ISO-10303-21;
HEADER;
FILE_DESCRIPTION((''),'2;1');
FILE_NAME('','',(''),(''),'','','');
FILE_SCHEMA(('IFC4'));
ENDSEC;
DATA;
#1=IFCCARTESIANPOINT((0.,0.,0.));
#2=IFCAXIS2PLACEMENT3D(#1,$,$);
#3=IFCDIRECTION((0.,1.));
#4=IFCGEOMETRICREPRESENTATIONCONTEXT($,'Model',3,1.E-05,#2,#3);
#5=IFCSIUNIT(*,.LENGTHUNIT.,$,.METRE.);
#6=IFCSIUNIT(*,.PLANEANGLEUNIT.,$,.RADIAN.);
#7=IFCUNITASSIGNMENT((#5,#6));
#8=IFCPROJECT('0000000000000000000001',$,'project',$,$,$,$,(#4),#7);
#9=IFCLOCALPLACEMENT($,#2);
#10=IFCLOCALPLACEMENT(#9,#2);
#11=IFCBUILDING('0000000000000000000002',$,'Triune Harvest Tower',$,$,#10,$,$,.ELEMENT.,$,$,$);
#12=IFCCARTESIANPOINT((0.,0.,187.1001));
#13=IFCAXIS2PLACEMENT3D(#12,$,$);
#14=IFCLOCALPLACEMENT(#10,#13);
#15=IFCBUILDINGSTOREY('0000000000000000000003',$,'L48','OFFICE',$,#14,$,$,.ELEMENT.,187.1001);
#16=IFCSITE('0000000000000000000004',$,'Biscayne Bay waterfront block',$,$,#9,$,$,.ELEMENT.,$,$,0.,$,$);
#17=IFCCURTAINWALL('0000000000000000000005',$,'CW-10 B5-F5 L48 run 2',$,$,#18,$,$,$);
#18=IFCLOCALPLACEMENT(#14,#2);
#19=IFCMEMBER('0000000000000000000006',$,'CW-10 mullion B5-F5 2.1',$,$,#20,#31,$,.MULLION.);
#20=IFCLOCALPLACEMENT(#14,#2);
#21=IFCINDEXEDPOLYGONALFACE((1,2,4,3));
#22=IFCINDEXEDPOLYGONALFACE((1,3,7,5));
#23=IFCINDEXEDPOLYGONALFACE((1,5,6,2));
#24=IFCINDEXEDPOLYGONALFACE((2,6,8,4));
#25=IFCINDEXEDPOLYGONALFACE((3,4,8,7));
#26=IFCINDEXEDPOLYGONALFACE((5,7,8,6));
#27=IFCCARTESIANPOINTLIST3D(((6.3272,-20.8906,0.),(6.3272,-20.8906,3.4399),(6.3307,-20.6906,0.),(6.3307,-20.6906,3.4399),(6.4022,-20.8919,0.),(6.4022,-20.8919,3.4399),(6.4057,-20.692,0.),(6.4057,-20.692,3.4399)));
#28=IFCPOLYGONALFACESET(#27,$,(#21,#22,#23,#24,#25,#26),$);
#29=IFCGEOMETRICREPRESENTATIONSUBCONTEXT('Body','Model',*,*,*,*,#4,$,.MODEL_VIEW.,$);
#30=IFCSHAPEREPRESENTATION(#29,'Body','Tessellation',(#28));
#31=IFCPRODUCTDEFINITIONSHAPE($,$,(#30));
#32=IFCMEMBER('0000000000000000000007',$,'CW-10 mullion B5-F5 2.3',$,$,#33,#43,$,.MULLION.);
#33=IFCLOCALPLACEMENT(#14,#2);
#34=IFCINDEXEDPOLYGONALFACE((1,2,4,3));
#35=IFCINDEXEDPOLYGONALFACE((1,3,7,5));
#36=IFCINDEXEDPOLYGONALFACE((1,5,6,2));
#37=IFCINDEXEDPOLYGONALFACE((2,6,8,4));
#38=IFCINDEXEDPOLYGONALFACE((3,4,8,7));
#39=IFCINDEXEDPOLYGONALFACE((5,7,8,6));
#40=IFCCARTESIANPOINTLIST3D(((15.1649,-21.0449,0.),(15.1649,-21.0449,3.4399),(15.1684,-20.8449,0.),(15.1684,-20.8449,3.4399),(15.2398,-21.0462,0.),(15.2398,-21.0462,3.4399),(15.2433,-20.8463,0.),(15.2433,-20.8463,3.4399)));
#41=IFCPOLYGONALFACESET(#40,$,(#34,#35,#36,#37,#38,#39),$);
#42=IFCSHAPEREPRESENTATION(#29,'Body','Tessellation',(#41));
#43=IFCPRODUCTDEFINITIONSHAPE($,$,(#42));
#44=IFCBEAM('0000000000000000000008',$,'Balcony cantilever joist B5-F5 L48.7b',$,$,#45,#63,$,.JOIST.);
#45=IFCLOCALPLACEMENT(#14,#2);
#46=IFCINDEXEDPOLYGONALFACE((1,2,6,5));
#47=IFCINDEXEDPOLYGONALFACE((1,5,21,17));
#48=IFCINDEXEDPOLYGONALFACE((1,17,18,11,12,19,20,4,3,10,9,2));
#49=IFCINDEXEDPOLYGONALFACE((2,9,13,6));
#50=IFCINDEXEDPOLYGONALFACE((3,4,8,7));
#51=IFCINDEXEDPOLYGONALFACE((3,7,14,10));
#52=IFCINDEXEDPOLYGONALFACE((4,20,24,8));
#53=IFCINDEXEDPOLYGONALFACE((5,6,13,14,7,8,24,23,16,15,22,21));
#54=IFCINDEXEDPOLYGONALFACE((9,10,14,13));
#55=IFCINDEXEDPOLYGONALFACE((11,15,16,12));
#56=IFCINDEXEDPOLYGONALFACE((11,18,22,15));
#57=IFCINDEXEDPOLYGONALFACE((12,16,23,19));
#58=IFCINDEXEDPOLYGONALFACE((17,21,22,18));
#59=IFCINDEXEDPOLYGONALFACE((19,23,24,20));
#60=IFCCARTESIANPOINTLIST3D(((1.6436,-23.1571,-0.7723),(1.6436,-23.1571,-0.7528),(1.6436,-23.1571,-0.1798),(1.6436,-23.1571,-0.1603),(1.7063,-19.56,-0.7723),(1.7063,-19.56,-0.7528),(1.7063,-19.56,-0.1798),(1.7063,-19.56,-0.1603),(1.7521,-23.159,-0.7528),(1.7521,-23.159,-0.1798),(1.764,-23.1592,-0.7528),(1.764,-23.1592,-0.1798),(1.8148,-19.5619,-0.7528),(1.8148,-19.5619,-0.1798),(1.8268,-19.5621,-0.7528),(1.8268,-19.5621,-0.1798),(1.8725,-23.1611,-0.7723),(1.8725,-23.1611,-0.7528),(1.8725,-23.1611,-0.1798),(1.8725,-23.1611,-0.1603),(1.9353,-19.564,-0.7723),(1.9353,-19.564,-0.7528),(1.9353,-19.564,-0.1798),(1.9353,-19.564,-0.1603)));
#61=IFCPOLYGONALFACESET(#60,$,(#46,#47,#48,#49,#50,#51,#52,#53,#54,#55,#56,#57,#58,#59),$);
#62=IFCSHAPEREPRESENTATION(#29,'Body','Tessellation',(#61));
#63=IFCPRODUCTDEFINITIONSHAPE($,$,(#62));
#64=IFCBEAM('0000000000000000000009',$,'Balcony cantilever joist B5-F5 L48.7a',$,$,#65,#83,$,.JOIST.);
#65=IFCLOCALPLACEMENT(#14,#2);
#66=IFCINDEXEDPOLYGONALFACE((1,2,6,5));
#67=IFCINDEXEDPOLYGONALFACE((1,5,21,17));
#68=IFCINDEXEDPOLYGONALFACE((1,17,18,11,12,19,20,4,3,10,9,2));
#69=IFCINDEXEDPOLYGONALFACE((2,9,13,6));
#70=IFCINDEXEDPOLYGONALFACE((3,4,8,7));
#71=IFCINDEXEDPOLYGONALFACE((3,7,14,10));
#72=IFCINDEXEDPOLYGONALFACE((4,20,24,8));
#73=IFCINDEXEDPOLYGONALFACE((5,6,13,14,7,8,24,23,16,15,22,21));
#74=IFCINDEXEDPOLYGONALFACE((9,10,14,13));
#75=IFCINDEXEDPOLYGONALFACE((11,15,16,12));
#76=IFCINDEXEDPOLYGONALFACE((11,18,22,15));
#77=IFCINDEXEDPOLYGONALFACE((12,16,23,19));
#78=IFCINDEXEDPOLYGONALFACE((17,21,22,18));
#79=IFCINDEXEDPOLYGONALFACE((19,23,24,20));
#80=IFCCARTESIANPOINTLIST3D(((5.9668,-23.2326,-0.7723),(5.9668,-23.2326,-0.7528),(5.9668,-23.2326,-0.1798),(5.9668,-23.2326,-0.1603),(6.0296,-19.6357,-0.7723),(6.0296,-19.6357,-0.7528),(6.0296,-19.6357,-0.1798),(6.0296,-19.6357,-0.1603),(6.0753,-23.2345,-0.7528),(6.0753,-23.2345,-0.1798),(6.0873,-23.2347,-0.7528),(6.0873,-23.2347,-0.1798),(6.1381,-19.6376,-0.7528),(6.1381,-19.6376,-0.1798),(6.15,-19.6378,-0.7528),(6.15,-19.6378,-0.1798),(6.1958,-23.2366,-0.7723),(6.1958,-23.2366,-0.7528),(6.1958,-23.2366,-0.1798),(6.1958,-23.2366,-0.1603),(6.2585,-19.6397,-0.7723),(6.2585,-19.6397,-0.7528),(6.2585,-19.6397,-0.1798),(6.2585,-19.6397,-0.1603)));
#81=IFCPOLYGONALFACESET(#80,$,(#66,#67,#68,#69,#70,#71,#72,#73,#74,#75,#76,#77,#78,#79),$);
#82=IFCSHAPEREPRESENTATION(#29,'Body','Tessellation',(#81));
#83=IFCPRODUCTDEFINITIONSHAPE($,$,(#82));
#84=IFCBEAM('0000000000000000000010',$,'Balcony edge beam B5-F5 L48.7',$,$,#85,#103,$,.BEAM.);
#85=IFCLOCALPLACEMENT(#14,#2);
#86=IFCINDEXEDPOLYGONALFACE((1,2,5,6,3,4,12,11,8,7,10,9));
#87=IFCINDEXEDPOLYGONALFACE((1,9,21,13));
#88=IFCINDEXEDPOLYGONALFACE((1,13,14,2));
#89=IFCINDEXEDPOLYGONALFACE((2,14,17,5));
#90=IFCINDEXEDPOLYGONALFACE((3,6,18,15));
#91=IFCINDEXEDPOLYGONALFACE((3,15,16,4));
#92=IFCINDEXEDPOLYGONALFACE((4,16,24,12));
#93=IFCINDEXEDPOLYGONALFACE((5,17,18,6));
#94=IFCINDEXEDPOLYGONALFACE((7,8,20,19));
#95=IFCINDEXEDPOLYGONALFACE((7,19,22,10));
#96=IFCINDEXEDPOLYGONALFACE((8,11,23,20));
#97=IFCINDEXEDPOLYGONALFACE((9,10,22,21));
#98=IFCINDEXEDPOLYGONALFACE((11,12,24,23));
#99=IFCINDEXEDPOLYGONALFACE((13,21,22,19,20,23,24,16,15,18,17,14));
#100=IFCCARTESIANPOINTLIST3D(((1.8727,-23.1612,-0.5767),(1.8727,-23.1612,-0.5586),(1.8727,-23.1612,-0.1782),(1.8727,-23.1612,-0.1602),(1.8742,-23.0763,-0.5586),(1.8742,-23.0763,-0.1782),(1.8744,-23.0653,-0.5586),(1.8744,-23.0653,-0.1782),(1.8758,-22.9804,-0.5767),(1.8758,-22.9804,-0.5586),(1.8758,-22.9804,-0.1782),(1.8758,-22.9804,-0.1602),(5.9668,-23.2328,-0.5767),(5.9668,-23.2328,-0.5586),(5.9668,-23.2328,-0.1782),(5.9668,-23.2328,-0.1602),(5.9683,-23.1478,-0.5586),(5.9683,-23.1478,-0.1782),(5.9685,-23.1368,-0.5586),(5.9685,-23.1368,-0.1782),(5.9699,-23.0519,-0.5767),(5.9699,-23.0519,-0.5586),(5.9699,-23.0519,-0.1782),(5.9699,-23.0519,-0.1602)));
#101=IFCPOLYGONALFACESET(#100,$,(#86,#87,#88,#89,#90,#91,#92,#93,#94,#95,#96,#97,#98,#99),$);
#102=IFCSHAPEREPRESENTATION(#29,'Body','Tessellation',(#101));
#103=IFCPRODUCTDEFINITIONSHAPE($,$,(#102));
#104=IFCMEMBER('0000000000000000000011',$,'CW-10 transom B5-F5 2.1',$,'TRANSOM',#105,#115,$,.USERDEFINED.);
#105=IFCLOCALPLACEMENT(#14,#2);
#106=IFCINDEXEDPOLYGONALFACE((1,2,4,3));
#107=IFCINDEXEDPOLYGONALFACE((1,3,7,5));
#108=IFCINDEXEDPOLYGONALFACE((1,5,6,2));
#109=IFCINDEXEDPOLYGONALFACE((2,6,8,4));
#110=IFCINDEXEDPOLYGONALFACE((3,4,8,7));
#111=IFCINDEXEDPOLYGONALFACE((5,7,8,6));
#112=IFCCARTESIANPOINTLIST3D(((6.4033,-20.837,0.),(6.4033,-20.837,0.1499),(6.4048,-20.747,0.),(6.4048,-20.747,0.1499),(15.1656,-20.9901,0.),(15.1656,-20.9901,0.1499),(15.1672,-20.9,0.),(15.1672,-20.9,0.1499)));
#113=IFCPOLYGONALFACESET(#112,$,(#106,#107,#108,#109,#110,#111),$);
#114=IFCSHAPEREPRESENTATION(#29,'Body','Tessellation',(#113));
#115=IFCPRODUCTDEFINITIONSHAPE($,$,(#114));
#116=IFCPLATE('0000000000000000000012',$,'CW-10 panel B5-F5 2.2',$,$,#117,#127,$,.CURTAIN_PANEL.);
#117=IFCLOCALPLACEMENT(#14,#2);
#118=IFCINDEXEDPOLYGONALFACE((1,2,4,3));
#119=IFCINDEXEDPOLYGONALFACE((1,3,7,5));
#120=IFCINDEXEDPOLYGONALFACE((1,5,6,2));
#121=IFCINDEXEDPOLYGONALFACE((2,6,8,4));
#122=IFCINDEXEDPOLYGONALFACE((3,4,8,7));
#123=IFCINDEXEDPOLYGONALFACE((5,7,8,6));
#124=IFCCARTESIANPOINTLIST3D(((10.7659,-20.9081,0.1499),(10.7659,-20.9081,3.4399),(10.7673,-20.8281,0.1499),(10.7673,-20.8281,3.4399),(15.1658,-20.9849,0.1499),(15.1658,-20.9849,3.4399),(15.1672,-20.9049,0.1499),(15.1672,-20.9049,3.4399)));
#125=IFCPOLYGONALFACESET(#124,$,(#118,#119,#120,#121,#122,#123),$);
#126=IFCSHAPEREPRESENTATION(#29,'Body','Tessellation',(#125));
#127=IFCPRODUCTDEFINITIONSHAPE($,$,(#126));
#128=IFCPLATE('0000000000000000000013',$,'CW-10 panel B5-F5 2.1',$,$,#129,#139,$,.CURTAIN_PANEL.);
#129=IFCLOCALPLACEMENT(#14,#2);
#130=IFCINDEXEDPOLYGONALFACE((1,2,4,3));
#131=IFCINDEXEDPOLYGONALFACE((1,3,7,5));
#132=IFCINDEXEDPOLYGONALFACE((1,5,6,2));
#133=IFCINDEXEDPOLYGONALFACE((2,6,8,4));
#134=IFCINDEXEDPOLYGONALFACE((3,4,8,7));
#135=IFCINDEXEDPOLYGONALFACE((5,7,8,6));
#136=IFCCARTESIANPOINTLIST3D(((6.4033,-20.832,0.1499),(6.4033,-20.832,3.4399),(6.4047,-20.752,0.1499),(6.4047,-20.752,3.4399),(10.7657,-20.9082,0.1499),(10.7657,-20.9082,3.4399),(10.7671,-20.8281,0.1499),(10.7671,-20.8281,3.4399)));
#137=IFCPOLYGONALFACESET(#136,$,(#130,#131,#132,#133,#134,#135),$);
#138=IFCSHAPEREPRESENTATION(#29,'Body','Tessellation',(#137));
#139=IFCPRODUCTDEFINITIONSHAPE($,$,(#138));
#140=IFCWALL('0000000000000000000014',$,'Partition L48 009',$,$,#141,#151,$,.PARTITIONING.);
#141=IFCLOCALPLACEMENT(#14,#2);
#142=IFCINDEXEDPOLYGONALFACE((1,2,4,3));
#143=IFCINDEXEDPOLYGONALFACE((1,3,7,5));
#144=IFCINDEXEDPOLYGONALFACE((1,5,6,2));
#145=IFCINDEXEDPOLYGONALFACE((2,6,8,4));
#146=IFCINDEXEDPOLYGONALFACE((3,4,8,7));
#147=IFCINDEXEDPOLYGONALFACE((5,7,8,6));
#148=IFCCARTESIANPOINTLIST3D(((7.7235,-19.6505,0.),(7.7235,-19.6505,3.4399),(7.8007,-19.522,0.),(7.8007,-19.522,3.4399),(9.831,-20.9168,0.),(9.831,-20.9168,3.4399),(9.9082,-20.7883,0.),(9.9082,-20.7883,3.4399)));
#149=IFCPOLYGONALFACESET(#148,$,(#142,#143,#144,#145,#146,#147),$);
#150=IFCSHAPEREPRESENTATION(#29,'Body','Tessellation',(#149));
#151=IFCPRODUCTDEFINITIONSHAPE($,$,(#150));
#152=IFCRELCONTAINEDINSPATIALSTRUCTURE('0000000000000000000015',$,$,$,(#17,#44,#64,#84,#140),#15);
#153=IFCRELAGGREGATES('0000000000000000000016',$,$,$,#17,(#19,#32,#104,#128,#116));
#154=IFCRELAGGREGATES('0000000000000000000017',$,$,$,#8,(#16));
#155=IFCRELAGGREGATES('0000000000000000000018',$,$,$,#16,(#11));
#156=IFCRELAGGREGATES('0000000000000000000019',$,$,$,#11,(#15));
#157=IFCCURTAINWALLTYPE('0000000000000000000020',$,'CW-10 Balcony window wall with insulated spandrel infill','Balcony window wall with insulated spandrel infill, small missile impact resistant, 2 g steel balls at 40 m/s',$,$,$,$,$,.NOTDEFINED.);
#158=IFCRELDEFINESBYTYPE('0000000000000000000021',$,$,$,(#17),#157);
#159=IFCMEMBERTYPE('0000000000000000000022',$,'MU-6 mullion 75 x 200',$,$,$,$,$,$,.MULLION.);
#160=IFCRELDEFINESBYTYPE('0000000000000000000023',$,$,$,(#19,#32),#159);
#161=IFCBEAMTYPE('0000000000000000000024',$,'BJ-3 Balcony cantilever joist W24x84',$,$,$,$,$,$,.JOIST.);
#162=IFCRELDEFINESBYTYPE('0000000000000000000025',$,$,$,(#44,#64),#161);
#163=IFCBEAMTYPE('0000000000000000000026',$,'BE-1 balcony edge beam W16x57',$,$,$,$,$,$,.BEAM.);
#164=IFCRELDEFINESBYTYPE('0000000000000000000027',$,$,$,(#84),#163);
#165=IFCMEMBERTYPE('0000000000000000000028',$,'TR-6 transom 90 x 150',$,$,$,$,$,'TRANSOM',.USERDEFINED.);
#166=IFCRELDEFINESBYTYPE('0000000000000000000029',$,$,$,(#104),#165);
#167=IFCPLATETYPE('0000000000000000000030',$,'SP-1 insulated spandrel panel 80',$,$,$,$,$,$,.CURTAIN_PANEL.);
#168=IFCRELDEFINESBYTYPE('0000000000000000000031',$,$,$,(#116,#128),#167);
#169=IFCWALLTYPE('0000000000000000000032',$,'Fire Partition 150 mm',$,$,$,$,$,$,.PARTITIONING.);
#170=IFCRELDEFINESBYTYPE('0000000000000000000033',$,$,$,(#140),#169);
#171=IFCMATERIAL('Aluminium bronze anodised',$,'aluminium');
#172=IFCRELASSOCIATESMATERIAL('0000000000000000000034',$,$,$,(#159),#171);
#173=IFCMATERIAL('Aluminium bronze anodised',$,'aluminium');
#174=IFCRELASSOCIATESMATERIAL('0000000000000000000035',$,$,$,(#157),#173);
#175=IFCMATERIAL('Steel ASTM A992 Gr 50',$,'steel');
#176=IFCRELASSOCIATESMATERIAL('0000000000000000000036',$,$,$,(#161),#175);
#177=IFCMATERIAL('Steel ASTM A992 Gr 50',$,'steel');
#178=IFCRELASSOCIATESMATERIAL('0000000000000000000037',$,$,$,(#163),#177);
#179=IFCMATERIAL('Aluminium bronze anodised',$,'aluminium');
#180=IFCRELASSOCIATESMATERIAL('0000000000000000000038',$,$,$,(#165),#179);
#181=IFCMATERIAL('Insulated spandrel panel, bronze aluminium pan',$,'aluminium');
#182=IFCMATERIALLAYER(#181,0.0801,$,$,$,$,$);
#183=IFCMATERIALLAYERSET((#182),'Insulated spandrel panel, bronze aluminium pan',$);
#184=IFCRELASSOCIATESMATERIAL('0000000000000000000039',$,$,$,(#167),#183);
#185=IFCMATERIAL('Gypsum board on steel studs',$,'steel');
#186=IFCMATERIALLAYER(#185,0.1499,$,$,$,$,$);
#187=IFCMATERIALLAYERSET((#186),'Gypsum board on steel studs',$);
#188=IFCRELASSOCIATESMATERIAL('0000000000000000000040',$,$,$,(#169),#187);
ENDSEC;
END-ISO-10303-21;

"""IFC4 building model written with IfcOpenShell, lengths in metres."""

from ifc_helpers import new_model, si_unit, direction, frame, frame_2d, origin, origin_2d, place, context, subcontext, project, spatial, rectangle, i_section, extrude, source, transform, mapped, material, layer, layer_set, material_profile, profile_set, type_object, element, aggregate, save


model = new_model("IFC4")

# Units and contexts
model_context = context("Model", 3, precision=1e-05, world=origin(), true_north=direction((0.0, 1.0)))
body_context = subcontext(model_context, "Body", "Model", "MODEL_VIEW")
ifc_project = project(units=[si_unit("LENGTHUNIT", "METRE"), si_unit("PLANEANGLEUNIT", "RADIAN")], contexts=[model_context])

# Site, building, storey
site_placement = place(None, origin())
site = spatial("IfcSite", under=ifc_project, at=site_placement, Name="Biscayne Bay waterfront block", CompositionType="ELEMENT", RefElevation=0.0)
building_placement = place(site_placement, origin())
building = spatial("IfcBuilding", under=site, at=building_placement, Name="Triune Harvest Tower", CompositionType="ELEMENT")
storey_placement = place(building_placement, frame((0.0, 0.0, 187.1001)))
storey = spatial("IfcBuildingStorey", under=building, at=storey_placement, Name="L48", Description="OFFICE", CompositionType="ELEMENT", Elevation=187.1001)

# Shared definitions
ifc_material_1 = material(Name="Aluminium bronze anodised", Category="aluminium")
ifc_material_profile_1 = material_profile(ifc_material_1, rectangle(XDim=0.2, YDim=0.075, at=origin_2d()), Name="MU-6 mullion 75 x 200")
ifc_profile_set_1 = profile_set([ifc_material_profile_1], Name="Aluminium bronze anodised")
member_type_1 = type_object("IfcMemberType", Name="MU-6 mullion 75 x 200", PredefinedType="MULLION", material=ifc_profile_set_1)
shared_shape_1 = source(origin(), body_context, "Body", "SweptSolid", [
    extrude(rectangle(XDim=0.2, YDim=0.075, at=origin_2d()), origin(), (0.0, 0.0, 1.0), 3.4399),
])

# Curtain wall, members
ifc_material_2 = material(Name="Aluminium bronze anodised", Category="aluminium")
curtain_wall_type_1 = type_object("IfcCurtainWallType", Name="CW-10 Balcony window wall with insulated spandrel infill", Description="Balcony window wall with insulated spandrel infill, small missile impact resistant, 2 g steel balls at 40 m/s", PredefinedType="NOTDEFINED", material=ifc_material_2)
curtain_wall_1_placement = place(storey_placement, origin())
curtain_wall_1 = element("IfcCurtainWall", 1, at=curtain_wall_1_placement, inside=storey, type_object=curtain_wall_type_1, Name="CW-10 B5-F5 L48 run 2")
member_1_placement = place(storey_placement, frame((6.3665, -20.7913, 0.0), z_axis=(0.0, 0.0, 1.0), x_axis=(0.017452, 0.999848, 0.0)))
member_1 = element("IfcMember", 2, at=member_1_placement, type_object=member_type_1, Name="CW-10 mullion B5-F5 2.1", PredefinedType="MULLION", context=body_context, shape_type="MappedRepresentation", body=[
    mapped(shared_shape_1, transform((0.0, 0.0, 0.0), scale=1.0)),
])
member_2_placement = place(storey_placement, frame((15.2041, -20.9456, 0.0), z_axis=(0.0, 0.0, 1.0), x_axis=(0.017452, 0.999848, 0.0)))
member_2 = element("IfcMember", 3, at=member_2_placement, type_object=member_type_1, Name="CW-10 mullion B5-F5 2.3", PredefinedType="MULLION", context=body_context, shape_type="MappedRepresentation", body=[
    mapped(shared_shape_1, transform((0.0, 0.0, 0.0), scale=1.0)),
])

# Beams
ifc_material_3 = material(Name="Steel ASTM A992 Gr 50", Category="steel")
ifc_material_profile_2 = material_profile(ifc_material_3, i_section(OverallWidth=0.229, OverallDepth=0.6121, WebThickness=0.012, FlangeThickness=0.0195, at=origin_2d()), Name="W24x84")
ifc_profile_set_2 = profile_set([ifc_material_profile_2], Name="Steel ASTM A992 Gr 50")
beam_type_1 = type_object("IfcBeamType", Name="BJ-3 Balcony cantilever joist W24x84", PredefinedType="JOIST", material=ifc_profile_set_2)
shared_shape_2 = source(origin(), body_context, "Body", "SweptSolid", [
    extrude(i_section(OverallWidth=0.229, OverallDepth=0.6121, WebThickness=0.012, FlangeThickness=0.0195, at=origin_2d()), origin(), (0.0, 0.0, 1.0), 3.5977),
])
beam_1_placement = place(storey_placement, frame((1.8208, -19.562, -0.4663), z_axis=(-0.01744, -0.999848, 0.0), x_axis=(0.999848, -0.01744, 0.0)))
element("IfcBeam", 4, at=beam_1_placement, inside=storey, type_object=beam_type_1, Name="Balcony cantilever joist B5-F5 L48.7b", PredefinedType="JOIST", context=body_context, shape_type="MappedRepresentation", body=[
    mapped(shared_shape_2, transform((0.0, 0.0, 0.0), scale=1.0)),
])
shared_shape_3 = source(origin(), body_context, "Body", "SweptSolid", [
    extrude(i_section(OverallWidth=0.229, OverallDepth=0.6121, WebThickness=0.012, FlangeThickness=0.0195, at=origin_2d()), origin(), (0.0, 0.0, 1.0), 3.5974),
])
beam_2_placement = place(storey_placement, frame((6.144, -19.6377, -0.4663), z_axis=(-0.017441, -0.999848, 0.0), x_axis=(0.999848, -0.017441, 0.0)))
element("IfcBeam", 5, at=beam_2_placement, inside=storey, type_object=beam_type_1, Name="Balcony cantilever joist B5-F5 L48.7a", PredefinedType="JOIST", context=body_context, shape_type="MappedRepresentation", body=[
    mapped(shared_shape_3, transform((0.0, 0.0, 0.0), scale=1.0)),
])
ifc_material_4 = material(Name="Steel ASTM A992 Gr 50", Category="steel")
ifc_material_profile_3 = material_profile(ifc_material_4, i_section(OverallWidth=0.1809, OverallDepth=0.4165, WebThickness=0.011, FlangeThickness=0.0181, at=origin_2d()), Name="W16x57")
ifc_profile_set_3 = profile_set([ifc_material_profile_3], Name="Steel ASTM A992 Gr 50")
beam_type_2 = type_object("IfcBeamType", Name="BE-1 balcony edge beam W16x57", PredefinedType="BEAM", material=ifc_profile_set_3)
shared_shape_4 = source(origin(), body_context, "Body", "SweptSolid", [
    extrude(i_section(OverallWidth=0.1809, OverallDepth=0.4165, WebThickness=0.011, FlangeThickness=0.0181, at=origin_2d()), origin(), (0.0, 0.0, 1.0), 4.0947),
])
beam_3_placement = place(storey_placement, frame((1.8743, -23.0708, -0.3684), z_axis=(0.999847, -0.01747, 0.0), x_axis=(0.01747, 0.999847, 0.0)))
element("IfcBeam", 6, at=beam_3_placement, inside=storey, type_object=beam_type_2, Name="Balcony edge beam B5-F5 L48.7", PredefinedType="BEAM", context=body_context, shape_type="MappedRepresentation", body=[
    mapped(shared_shape_4, transform((0.0, 0.0, 0.0), scale=1.0)),
])

# Member
ifc_material_5 = material(Name="Aluminium bronze anodised", Category="aluminium")
ifc_material_profile_4 = material_profile(ifc_material_5, rectangle(XDim=0.0901, YDim=0.1499, at=origin_2d()), Name="TR-6 transom 90 x 150")
ifc_profile_set_4 = profile_set([ifc_material_profile_4], Name="Aluminium bronze anodised")
member_type_2 = type_object("IfcMemberType", Name="TR-6 transom 90 x 150", ElementType="TRANSOM", PredefinedType="USERDEFINED", material=ifc_profile_set_4)
shared_shape_5 = source(origin(), body_context, "Body", "SweptSolid", [
    extrude(rectangle(XDim=0.0901, YDim=0.1499, at=origin_2d()), origin(), (0.0, 0.0, 1.0), 8.7637),
])
member_3_placement = place(storey_placement, frame((6.4041, -20.792, 0.075), z_axis=(0.999847, -0.017467, 0.0), x_axis=(0.017467, 0.999847, 0.0)))
member_3 = element("IfcMember", 7, at=member_3_placement, type_object=member_type_2, Name="CW-10 transom B5-F5 2.1", ObjectType="TRANSOM", PredefinedType="USERDEFINED", context=body_context, shape_type="MappedRepresentation", body=[
    mapped(shared_shape_5, transform((0.0, 0.0, 0.0), scale=1.0)),
])

# Plates
ifc_material_6 = material(Name="Insulated spandrel panel, bronze aluminium pan", Category="aluminium")
ifc_layer_1 = layer(ifc_material_6, 0.0801)
ifc_layer_set_1 = layer_set([ifc_layer_1], Name="Insulated spandrel panel, bronze aluminium pan")
plate_type = type_object("IfcPlateType", Name="SP-1 insulated spandrel panel 80", PredefinedType="CURTAIN_PANEL", material=ifc_layer_set_1)
shared_shape_6 = source(origin(), body_context, "Body", "SweptSolid", [
    extrude(rectangle(XDim=4.4006, YDim=0.0801, at=origin_2d()), origin(), (0.0, 0.0, 1.0), 3.29),
])
plate_1_placement = place(storey_placement, frame((12.9666, -20.9065, 0.1499), z_axis=(0.0, 0.0, 1.0), x_axis=(0.999848, -0.017452, 0.0)))
plate_1 = element("IfcPlate", 8, at=plate_1_placement, type_object=plate_type, Name="CW-10 panel B5-F5 2.2", PredefinedType="CURTAIN_PANEL", context=body_context, shape_type="MappedRepresentation", body=[
    mapped(shared_shape_6, transform((0.0, 0.0, 0.0), scale=1.0)),
])
shared_shape_7 = source(origin(), body_context, "Body", "SweptSolid", [
    extrude(rectangle(XDim=4.363, YDim=0.0801, at=origin_2d()), origin(), (0.0, 0.0, 1.0), 3.29),
])
plate_2_placement = place(storey_placement, frame((8.5852, -20.8301, 0.1499), z_axis=(0.0, 0.0, 1.0), x_axis=(0.999848, -0.017452, 0.0)))
plate_2 = element("IfcPlate", 9, at=plate_2_placement, type_object=plate_type, Name="CW-10 panel B5-F5 2.1", PredefinedType="CURTAIN_PANEL", context=body_context, shape_type="MappedRepresentation", body=[
    mapped(shared_shape_7, transform((0.0, 0.0, 0.0), scale=1.0)),
])
aggregate(curtain_wall_1, [member_1, member_2, member_3, plate_2, plate_1])

# Wall
ifc_material_7 = material(Name="Gypsum board on steel studs", Category="steel")
ifc_layer_2 = layer(ifc_material_7, 0.1499)
ifc_layer_set_2 = layer_set([ifc_layer_2], Name="Gypsum board on steel studs")
wall_type_1 = type_object("IfcWallType", Name="Fire Partition 150 mm", PredefinedType="PARTITIONING", material=ifc_layer_set_2)
shared_shape_8 = source(origin(), body_context, "Body", "SweptSolid", [
    extrude(rectangle(XDim=2.4587, YDim=0.1499, at=frame_2d((1.2295, 0.0))), origin(), (0.0, 0.0, 1.0), 3.4399),
])
wall_1_placement = place(storey_placement, frame((7.762, -19.5862, 0.0), z_axis=(0.0, 0.0, 1.0), x_axis=(0.857177, -0.515021, 0.0)))
element("IfcWall", 10, at=wall_1_placement, inside=storey, type_object=wall_type_1, Name="Partition L48 009", PredefinedType="PARTITIONING", context=body_context, shape_type="MappedRepresentation", body=[
    mapped(shared_shape_8, transform((0.0, 0.0, 0.0), scale=1.0)),
])

save(model, "model.ifc")
